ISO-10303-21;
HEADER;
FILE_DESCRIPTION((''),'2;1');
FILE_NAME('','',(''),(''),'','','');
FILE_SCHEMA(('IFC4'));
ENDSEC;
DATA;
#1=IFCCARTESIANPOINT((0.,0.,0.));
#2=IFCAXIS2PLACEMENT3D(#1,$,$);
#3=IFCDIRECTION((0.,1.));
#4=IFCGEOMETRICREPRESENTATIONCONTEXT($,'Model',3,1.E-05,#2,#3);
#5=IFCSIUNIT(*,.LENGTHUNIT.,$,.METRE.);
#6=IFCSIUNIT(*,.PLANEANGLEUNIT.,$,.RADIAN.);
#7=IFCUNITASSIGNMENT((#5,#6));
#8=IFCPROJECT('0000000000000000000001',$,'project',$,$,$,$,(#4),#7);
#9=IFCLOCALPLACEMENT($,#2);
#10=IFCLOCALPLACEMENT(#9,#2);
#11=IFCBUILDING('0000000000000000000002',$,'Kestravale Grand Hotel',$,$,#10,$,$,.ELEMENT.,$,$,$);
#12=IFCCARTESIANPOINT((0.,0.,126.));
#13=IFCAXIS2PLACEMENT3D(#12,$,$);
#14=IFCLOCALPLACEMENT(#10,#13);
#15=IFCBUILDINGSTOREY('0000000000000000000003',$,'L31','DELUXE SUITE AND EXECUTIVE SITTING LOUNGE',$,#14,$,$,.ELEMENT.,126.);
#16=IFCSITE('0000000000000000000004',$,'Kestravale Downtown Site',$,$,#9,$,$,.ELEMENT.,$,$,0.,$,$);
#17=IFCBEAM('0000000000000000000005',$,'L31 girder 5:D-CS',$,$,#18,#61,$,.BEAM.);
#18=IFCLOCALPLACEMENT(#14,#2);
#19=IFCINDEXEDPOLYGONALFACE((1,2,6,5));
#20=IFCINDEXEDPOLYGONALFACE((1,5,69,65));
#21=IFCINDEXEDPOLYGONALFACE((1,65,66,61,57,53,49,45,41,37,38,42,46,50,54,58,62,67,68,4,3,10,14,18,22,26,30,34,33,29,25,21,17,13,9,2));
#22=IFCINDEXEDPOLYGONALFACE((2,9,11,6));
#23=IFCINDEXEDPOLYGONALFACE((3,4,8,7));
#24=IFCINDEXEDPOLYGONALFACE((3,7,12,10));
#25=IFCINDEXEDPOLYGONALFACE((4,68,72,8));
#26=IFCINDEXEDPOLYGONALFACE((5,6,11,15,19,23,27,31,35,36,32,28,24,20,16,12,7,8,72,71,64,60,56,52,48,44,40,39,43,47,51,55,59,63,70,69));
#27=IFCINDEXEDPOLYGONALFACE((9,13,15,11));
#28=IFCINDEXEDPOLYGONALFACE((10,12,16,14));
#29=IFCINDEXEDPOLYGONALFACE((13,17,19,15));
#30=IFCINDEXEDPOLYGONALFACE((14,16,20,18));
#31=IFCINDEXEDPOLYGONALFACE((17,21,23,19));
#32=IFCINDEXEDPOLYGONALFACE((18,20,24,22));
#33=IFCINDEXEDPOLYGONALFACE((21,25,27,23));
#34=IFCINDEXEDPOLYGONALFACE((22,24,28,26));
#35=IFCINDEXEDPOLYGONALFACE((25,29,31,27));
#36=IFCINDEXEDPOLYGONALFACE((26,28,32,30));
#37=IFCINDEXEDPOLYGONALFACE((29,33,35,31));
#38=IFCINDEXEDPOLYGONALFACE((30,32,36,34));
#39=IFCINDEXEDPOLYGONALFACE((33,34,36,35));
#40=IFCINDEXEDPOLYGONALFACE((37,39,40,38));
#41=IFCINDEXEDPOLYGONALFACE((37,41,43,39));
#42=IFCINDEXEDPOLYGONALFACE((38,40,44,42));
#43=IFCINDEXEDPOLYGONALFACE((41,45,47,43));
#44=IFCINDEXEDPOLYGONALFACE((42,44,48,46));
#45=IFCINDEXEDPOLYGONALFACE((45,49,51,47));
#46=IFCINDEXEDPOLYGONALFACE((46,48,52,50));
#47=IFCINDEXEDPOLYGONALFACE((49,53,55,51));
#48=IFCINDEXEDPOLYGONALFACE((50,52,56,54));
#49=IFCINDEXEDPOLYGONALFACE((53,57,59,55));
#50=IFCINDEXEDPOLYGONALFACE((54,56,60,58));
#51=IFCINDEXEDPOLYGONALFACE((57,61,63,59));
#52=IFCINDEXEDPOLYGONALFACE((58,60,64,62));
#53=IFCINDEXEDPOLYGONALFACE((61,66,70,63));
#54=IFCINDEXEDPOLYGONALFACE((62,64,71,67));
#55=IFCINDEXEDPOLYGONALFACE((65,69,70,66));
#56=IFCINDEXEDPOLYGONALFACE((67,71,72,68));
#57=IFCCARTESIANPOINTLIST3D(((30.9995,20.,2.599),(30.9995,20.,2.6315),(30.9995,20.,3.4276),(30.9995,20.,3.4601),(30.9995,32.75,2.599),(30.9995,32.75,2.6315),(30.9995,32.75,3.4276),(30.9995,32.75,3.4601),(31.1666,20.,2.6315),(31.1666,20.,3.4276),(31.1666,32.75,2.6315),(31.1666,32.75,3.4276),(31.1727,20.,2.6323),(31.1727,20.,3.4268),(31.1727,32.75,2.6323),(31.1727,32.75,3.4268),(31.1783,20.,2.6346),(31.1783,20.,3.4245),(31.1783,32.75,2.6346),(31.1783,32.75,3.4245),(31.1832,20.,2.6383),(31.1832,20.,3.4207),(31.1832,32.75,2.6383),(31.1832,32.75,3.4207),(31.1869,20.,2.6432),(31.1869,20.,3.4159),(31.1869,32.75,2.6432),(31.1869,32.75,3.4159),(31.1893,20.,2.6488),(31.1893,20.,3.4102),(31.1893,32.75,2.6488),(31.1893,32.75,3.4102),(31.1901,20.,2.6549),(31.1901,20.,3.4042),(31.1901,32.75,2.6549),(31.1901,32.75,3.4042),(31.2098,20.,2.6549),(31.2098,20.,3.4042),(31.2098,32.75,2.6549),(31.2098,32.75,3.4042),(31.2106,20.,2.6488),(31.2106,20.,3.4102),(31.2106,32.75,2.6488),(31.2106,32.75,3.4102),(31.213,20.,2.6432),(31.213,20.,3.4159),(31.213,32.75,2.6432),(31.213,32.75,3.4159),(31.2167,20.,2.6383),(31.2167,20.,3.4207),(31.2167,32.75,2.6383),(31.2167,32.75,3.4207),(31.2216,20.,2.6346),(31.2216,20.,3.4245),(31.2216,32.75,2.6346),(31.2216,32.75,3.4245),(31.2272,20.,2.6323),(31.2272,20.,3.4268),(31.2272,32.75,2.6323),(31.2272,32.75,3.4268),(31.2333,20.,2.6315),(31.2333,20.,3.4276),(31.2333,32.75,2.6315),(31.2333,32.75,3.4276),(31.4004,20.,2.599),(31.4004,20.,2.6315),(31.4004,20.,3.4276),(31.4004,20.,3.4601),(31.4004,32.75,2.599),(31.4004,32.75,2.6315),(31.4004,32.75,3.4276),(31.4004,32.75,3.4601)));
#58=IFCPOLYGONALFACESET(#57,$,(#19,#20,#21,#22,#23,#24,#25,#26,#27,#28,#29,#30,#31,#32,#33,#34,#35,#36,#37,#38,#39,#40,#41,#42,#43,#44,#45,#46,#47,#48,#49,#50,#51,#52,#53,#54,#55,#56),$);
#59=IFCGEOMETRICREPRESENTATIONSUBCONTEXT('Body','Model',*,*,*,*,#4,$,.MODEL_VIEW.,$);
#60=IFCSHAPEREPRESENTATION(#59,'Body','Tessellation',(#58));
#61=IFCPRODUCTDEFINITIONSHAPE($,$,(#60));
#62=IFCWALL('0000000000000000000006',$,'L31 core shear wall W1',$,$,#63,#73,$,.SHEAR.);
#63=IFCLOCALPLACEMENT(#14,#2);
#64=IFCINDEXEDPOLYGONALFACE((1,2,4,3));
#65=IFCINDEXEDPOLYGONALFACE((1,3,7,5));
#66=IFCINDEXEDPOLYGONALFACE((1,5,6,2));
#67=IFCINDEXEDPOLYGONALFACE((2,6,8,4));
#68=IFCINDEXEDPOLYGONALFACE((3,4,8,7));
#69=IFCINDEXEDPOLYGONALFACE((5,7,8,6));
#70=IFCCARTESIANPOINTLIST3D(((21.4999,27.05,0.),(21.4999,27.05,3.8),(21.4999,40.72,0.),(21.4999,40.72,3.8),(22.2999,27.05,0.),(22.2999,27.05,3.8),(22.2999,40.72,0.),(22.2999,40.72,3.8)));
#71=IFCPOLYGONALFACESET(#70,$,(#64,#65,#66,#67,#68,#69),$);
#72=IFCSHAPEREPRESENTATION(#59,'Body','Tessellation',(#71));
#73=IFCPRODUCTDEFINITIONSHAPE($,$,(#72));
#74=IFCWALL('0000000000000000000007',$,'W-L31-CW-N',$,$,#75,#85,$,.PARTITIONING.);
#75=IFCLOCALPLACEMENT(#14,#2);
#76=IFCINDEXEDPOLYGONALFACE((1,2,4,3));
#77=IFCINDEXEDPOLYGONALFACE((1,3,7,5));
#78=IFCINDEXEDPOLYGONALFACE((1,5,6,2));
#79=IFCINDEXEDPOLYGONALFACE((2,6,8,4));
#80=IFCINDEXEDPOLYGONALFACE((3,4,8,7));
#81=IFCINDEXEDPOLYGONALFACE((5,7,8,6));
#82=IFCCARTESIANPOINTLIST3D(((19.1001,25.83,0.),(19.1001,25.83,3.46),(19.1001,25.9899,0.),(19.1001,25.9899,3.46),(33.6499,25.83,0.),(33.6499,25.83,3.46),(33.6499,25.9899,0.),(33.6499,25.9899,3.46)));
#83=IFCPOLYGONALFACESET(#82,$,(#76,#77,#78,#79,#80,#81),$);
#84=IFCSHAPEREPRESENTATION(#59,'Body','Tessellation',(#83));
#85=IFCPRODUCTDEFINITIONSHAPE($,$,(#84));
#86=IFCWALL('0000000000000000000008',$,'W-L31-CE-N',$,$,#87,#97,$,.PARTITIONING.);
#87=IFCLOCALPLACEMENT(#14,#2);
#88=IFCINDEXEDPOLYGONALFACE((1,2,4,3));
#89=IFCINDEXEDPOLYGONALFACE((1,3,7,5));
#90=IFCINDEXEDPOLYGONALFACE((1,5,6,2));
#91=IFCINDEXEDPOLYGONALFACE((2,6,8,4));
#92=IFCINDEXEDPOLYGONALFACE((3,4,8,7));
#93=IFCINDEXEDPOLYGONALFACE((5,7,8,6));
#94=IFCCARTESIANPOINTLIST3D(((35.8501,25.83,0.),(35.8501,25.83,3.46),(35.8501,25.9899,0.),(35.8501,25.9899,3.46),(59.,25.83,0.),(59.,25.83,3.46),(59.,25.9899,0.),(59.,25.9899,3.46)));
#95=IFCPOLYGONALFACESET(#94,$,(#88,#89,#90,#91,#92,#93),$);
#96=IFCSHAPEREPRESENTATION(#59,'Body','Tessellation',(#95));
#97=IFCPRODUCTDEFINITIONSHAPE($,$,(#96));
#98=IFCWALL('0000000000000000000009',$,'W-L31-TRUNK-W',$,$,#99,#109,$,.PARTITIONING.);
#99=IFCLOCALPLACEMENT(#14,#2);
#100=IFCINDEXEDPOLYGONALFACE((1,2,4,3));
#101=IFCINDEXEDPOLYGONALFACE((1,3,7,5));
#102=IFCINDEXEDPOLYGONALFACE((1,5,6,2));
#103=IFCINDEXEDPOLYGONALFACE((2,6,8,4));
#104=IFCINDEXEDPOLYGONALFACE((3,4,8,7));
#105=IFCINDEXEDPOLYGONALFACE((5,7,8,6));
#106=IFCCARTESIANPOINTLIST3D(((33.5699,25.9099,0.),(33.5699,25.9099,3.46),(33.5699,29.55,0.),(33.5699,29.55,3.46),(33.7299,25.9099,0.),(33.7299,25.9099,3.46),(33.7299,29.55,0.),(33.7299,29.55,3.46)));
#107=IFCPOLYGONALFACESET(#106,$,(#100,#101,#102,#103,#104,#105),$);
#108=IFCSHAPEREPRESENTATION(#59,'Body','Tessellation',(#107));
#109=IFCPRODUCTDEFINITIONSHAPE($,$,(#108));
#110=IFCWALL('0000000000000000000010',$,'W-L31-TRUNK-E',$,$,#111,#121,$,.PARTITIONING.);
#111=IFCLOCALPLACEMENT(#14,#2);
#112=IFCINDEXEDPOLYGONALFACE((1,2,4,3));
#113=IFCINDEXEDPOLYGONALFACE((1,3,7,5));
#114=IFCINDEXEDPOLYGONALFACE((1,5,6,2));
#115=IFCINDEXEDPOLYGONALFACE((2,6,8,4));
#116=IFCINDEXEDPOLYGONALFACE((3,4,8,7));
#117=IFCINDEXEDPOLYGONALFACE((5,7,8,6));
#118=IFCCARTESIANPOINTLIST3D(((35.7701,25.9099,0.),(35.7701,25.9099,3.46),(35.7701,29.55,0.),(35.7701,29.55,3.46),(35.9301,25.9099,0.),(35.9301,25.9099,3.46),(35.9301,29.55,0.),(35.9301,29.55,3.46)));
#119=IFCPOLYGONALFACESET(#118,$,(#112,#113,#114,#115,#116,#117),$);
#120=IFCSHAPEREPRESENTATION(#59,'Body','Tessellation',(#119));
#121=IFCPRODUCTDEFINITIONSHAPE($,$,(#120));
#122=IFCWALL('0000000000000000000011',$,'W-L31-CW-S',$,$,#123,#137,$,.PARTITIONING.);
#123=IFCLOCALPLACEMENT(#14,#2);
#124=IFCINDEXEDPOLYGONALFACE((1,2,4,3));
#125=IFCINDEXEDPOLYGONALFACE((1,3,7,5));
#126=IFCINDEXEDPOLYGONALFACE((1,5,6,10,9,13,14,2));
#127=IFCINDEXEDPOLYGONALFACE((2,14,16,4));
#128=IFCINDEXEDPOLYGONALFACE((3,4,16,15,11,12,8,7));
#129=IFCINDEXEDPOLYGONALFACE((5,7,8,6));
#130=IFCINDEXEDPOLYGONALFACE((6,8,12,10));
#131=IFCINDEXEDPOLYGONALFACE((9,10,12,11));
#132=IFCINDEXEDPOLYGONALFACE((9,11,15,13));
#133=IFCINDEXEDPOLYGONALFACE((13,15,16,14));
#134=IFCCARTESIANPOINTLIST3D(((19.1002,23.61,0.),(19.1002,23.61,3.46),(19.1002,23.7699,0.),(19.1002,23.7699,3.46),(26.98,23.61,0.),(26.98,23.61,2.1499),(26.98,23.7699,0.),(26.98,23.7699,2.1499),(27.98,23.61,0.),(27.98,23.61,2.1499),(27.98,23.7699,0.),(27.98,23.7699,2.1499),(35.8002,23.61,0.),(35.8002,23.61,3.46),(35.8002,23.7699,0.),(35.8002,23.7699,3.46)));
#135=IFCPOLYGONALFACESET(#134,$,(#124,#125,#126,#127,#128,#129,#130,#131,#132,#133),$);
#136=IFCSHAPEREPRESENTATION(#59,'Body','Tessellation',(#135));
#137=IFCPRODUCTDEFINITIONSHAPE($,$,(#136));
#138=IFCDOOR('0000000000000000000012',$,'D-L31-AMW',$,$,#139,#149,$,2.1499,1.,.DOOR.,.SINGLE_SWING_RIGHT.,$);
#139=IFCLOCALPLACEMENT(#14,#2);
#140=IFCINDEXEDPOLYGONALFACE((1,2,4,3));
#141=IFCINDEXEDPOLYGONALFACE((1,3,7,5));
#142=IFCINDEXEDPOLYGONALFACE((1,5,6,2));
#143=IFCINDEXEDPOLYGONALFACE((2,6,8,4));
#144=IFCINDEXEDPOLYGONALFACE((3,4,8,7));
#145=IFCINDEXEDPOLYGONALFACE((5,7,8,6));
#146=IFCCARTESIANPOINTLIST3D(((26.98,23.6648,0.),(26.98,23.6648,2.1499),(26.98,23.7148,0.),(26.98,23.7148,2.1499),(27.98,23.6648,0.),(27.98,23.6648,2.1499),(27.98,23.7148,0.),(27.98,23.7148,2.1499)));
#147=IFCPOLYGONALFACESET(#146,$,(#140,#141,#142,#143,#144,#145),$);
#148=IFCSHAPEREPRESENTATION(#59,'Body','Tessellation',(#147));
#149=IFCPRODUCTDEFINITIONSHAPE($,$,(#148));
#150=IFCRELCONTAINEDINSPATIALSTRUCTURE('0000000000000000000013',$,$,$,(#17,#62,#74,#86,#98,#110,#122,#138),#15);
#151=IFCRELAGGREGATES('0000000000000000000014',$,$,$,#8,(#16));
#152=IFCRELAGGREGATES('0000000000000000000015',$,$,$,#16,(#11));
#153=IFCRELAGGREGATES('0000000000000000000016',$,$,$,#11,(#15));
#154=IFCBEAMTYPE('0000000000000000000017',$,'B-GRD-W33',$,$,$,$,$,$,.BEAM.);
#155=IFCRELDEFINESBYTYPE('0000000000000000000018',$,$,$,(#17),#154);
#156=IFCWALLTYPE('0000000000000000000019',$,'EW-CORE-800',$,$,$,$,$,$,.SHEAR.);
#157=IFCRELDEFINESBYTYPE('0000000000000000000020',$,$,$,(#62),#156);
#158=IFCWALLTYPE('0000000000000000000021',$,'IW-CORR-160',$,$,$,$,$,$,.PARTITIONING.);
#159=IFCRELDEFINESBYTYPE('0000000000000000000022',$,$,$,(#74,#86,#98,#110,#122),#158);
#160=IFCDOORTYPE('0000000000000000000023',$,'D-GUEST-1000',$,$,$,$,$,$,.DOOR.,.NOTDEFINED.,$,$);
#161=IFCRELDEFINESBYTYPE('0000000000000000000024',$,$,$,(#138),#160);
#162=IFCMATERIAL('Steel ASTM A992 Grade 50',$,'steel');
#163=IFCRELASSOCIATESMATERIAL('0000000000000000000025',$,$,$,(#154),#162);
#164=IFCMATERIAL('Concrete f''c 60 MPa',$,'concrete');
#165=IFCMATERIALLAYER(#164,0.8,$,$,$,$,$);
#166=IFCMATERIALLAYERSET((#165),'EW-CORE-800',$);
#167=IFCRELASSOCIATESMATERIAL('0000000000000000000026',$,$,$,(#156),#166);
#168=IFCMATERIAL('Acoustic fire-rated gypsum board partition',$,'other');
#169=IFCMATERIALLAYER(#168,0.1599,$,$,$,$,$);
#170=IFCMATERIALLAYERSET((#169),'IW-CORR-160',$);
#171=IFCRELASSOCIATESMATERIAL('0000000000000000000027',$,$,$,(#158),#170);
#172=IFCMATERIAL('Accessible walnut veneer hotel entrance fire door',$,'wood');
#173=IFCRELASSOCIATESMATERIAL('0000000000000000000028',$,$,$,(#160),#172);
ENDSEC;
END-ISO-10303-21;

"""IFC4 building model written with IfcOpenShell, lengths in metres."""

from ifc_helpers import new_model, si_unit, direction, frame, frame_2d, origin, origin_2d, place, context, subcontext, project, spatial, rectangle, i_section, extrude, material, layer, layer_set, material_profile, profile_set, type_object, element, fill, save


model = new_model("IFC4")

# Units and contexts
model_context = context("Model", 3, precision=1e-05, world=origin(), true_north=direction((0.0, 1.0)))
body_context = subcontext(model_context, "Body", "Model", "MODEL_VIEW")
ifc_project = project(units=[si_unit("LENGTHUNIT", "METRE"), si_unit("PLANEANGLEUNIT", "RADIAN")], contexts=[model_context])

# Site, building, storey
site_placement = place(None, origin())
site = spatial("IfcSite", under=ifc_project, at=site_placement, Name="Kestravale Downtown Site", CompositionType="ELEMENT", RefElevation=0.0)
building_placement = place(site_placement, origin())
building = spatial("IfcBuilding", under=site, at=building_placement, Name="Kestravale Grand Hotel", CompositionType="ELEMENT")
storey_placement = place(building_placement, frame((0.0, 0.0, 126.0)))
storey = spatial("IfcBuildingStorey", under=building, at=storey_placement, Name="L31", Description="DELUXE SUITE AND EXECUTIVE SITTING LOUNGE", CompositionType="ELEMENT", Elevation=126.0)

# Beam
ifc_material_1 = material(Name="Steel ASTM A992 Grade 50", Category="steel")
ifc_material_profile_1 = material_profile(ifc_material_1, i_section(OverallWidth=0.4009, OverallDepth=0.8611, WebThickness=0.0198, FlangeThickness=0.0325, FilletRadius=0.0234, at=origin_2d()))
ifc_profile_set_1 = profile_set([ifc_material_profile_1], Name="Steel ASTM A992 Grade 50")
beam_type = type_object("IfcBeamType", Name="B-GRD-W33", PredefinedType="BEAM", material=ifc_profile_set_1)
for number, where, z_axis, x_axis, name in (
    (1, (31.2, 20.0, 3.0295), (0.0, 1.0, 0.0), (-1.0, 0.0, 0.0), "L31 girder 5:D-CS"),
):
    element("IfcBeam", number, at=place(storey_placement, frame(where, z_axis=z_axis, x_axis=x_axis)), inside=storey, type_object=beam_type, Name=name, PredefinedType="BEAM", context=body_context, shape_type="SweptSolid", body=[
        extrude(i_section(OverallWidth=0.4009, OverallDepth=0.8611, WebThickness=0.0198, FlangeThickness=0.0325, FilletRadius=0.0234, at=origin_2d()), origin(), (0.0, 0.0, 1.0), 12.75),
    ])

# Walls
ifc_material_2 = material(Name="Concrete f'c 60 MPa", Category="concrete")
ifc_layer_1 = layer(ifc_material_2, 0.8)
ifc_layer_set_1 = layer_set([ifc_layer_1], Name="EW-CORE-800")
wall_type_1 = type_object("IfcWallType", Name="EW-CORE-800", PredefinedType="SHEAR", material=ifc_layer_set_1)
wall_1_placement = place(storey_placement, frame((21.8999, 27.05, 0.0), z_axis=(0.0, 0.0, 1.0), x_axis=(0.0, 1.0, 0.0)))
element("IfcWall", 2, at=wall_1_placement, inside=storey, type_object=wall_type_1, Name="L31 core shear wall W1", PredefinedType="SHEAR", context=body_context, shape_type="SweptSolid", body=[
    extrude(rectangle(XDim=13.6699, YDim=0.8, at=frame_2d((6.835, 0.0))), origin(), (0.0, 0.0, 1.0), 3.8),
])
ifc_material_3 = material(Name="Acoustic fire-rated gypsum board partition", Category="other")
ifc_layer_2 = layer(ifc_material_3, 0.1599)
ifc_layer_set_2 = layer_set([ifc_layer_2], Name="IW-CORR-160")
wall_type_2 = type_object("IfcWallType", Name="IW-CORR-160", PredefinedType="PARTITIONING", material=ifc_layer_set_2)
wall_2_placement = place(storey_placement, frame((19.1001, 25.9099, 0.0), z_axis=(0.0, 0.0, 1.0), x_axis=(1.0, 0.0, 0.0)))
element("IfcWall", 3, at=wall_2_placement, inside=storey, type_object=wall_type_2, Name="W-L31-CW-N", PredefinedType="PARTITIONING", context=body_context, shape_type="SweptSolid", body=[
    extrude(rectangle(XDim=14.5498, YDim=0.1599, at=frame_2d((7.2749, 0.0))), origin(), (0.0, 0.0, 1.0), 3.46),
])
wall_3_placement = place(storey_placement, frame((35.8501, 25.9099, 0.0), z_axis=(0.0, 0.0, 1.0), x_axis=(1.0, 0.0, 0.0)))
element("IfcWall", 4, at=wall_3_placement, inside=storey, type_object=wall_type_2, Name="W-L31-CE-N", PredefinedType="PARTITIONING", context=body_context, shape_type="SweptSolid", body=[
    extrude(rectangle(XDim=23.1499, YDim=0.1599, at=frame_2d((11.575, 0.0))), origin(), (0.0, 0.0, 1.0), 3.46),
])
for number, where, z_axis, x_axis, name in (
    (5, (33.6499, 25.9099, 0.0), (0.0, 0.0, 1.0), (0.0, 1.0, 0.0), "W-L31-TRUNK-W"),
    (6, (35.8501, 25.9099, 0.0), (0.0, 0.0, 1.0), (0.0, 1.0, 0.0), "W-L31-TRUNK-E"),
):
    element("IfcWall", number, at=place(storey_placement, frame(where, z_axis=z_axis, x_axis=x_axis)), inside=storey, type_object=wall_type_2, Name=name, PredefinedType="PARTITIONING", context=body_context, shape_type="SweptSolid", body=[
        extrude(rectangle(XDim=3.6401, YDim=0.1599, at=frame_2d((1.8201, 0.0))), origin(), (0.0, 0.0, 1.0), 3.46),
    ])

# Wall, opening, door
wall_4_placement = place(storey_placement, frame((19.1001, 23.6899, 0.0), z_axis=(0.0, 0.0, 1.0), x_axis=(1.0, 0.0, 0.0)))
wall_4 = element("IfcWall", 7, at=wall_4_placement, inside=storey, type_object=wall_type_2, Name="W-L31-CW-S", PredefinedType="PARTITIONING", context=body_context, shape_type="SweptSolid", body=[
    extrude(rectangle(XDim=16.7, YDim=0.1599, at=frame_2d((8.3501, 0.0))), origin(), (0.0, 0.0, 1.0), 3.46),
])
opening_1_placement = place(wall_4_placement, frame((7.8799, 0.0, 0.0)))
opening_1 = element("IfcOpeningElement", 8, at=opening_1_placement, cuts=wall_4, PredefinedType="OPENING", context=body_context, shape_type="SweptSolid", body=[
    extrude(rectangle(XDim=1.0, YDim=2.1499, at=frame_2d((0.5, 1.075))), frame((0.0, 0.0898, 0.0), z_axis=(0.0, -1.0, 0.0), x_axis=(1.0, 0.0, 0.0)), (0.0, 0.0, 1.0), 0.1799),
])
ifc_material_4 = material(Name="Accessible walnut veneer hotel entrance fire door", Category="wood")
door_type_1 = type_object("IfcDoorType", Name="D-GUEST-1000", OperationType="NOTDEFINED", PredefinedType="DOOR", material=ifc_material_4)
door_1_placement = place(opening_1_placement, origin())
door_1 = element("IfcDoor", 9, at=door_1_placement, inside=storey, type_object=door_type_1, Name="D-L31-AMW", OperationType="SINGLE_SWING_RIGHT", OverallHeight=2.1499, OverallWidth=1.0, PredefinedType="DOOR", context=body_context, shape_type="SweptSolid", body=[
    extrude(rectangle(XDim=1.0, YDim=2.1499, at=frame_2d((0.5, 1.075))), frame((0.0, 0.0249, 0.0), z_axis=(0.0, -1.0, 0.0), x_axis=(1.0, 0.0, 0.0)), (0.0, 0.0, 1.0), 0.05),
])
fill(opening_1, door_1)

save(model, "model.ifc")
